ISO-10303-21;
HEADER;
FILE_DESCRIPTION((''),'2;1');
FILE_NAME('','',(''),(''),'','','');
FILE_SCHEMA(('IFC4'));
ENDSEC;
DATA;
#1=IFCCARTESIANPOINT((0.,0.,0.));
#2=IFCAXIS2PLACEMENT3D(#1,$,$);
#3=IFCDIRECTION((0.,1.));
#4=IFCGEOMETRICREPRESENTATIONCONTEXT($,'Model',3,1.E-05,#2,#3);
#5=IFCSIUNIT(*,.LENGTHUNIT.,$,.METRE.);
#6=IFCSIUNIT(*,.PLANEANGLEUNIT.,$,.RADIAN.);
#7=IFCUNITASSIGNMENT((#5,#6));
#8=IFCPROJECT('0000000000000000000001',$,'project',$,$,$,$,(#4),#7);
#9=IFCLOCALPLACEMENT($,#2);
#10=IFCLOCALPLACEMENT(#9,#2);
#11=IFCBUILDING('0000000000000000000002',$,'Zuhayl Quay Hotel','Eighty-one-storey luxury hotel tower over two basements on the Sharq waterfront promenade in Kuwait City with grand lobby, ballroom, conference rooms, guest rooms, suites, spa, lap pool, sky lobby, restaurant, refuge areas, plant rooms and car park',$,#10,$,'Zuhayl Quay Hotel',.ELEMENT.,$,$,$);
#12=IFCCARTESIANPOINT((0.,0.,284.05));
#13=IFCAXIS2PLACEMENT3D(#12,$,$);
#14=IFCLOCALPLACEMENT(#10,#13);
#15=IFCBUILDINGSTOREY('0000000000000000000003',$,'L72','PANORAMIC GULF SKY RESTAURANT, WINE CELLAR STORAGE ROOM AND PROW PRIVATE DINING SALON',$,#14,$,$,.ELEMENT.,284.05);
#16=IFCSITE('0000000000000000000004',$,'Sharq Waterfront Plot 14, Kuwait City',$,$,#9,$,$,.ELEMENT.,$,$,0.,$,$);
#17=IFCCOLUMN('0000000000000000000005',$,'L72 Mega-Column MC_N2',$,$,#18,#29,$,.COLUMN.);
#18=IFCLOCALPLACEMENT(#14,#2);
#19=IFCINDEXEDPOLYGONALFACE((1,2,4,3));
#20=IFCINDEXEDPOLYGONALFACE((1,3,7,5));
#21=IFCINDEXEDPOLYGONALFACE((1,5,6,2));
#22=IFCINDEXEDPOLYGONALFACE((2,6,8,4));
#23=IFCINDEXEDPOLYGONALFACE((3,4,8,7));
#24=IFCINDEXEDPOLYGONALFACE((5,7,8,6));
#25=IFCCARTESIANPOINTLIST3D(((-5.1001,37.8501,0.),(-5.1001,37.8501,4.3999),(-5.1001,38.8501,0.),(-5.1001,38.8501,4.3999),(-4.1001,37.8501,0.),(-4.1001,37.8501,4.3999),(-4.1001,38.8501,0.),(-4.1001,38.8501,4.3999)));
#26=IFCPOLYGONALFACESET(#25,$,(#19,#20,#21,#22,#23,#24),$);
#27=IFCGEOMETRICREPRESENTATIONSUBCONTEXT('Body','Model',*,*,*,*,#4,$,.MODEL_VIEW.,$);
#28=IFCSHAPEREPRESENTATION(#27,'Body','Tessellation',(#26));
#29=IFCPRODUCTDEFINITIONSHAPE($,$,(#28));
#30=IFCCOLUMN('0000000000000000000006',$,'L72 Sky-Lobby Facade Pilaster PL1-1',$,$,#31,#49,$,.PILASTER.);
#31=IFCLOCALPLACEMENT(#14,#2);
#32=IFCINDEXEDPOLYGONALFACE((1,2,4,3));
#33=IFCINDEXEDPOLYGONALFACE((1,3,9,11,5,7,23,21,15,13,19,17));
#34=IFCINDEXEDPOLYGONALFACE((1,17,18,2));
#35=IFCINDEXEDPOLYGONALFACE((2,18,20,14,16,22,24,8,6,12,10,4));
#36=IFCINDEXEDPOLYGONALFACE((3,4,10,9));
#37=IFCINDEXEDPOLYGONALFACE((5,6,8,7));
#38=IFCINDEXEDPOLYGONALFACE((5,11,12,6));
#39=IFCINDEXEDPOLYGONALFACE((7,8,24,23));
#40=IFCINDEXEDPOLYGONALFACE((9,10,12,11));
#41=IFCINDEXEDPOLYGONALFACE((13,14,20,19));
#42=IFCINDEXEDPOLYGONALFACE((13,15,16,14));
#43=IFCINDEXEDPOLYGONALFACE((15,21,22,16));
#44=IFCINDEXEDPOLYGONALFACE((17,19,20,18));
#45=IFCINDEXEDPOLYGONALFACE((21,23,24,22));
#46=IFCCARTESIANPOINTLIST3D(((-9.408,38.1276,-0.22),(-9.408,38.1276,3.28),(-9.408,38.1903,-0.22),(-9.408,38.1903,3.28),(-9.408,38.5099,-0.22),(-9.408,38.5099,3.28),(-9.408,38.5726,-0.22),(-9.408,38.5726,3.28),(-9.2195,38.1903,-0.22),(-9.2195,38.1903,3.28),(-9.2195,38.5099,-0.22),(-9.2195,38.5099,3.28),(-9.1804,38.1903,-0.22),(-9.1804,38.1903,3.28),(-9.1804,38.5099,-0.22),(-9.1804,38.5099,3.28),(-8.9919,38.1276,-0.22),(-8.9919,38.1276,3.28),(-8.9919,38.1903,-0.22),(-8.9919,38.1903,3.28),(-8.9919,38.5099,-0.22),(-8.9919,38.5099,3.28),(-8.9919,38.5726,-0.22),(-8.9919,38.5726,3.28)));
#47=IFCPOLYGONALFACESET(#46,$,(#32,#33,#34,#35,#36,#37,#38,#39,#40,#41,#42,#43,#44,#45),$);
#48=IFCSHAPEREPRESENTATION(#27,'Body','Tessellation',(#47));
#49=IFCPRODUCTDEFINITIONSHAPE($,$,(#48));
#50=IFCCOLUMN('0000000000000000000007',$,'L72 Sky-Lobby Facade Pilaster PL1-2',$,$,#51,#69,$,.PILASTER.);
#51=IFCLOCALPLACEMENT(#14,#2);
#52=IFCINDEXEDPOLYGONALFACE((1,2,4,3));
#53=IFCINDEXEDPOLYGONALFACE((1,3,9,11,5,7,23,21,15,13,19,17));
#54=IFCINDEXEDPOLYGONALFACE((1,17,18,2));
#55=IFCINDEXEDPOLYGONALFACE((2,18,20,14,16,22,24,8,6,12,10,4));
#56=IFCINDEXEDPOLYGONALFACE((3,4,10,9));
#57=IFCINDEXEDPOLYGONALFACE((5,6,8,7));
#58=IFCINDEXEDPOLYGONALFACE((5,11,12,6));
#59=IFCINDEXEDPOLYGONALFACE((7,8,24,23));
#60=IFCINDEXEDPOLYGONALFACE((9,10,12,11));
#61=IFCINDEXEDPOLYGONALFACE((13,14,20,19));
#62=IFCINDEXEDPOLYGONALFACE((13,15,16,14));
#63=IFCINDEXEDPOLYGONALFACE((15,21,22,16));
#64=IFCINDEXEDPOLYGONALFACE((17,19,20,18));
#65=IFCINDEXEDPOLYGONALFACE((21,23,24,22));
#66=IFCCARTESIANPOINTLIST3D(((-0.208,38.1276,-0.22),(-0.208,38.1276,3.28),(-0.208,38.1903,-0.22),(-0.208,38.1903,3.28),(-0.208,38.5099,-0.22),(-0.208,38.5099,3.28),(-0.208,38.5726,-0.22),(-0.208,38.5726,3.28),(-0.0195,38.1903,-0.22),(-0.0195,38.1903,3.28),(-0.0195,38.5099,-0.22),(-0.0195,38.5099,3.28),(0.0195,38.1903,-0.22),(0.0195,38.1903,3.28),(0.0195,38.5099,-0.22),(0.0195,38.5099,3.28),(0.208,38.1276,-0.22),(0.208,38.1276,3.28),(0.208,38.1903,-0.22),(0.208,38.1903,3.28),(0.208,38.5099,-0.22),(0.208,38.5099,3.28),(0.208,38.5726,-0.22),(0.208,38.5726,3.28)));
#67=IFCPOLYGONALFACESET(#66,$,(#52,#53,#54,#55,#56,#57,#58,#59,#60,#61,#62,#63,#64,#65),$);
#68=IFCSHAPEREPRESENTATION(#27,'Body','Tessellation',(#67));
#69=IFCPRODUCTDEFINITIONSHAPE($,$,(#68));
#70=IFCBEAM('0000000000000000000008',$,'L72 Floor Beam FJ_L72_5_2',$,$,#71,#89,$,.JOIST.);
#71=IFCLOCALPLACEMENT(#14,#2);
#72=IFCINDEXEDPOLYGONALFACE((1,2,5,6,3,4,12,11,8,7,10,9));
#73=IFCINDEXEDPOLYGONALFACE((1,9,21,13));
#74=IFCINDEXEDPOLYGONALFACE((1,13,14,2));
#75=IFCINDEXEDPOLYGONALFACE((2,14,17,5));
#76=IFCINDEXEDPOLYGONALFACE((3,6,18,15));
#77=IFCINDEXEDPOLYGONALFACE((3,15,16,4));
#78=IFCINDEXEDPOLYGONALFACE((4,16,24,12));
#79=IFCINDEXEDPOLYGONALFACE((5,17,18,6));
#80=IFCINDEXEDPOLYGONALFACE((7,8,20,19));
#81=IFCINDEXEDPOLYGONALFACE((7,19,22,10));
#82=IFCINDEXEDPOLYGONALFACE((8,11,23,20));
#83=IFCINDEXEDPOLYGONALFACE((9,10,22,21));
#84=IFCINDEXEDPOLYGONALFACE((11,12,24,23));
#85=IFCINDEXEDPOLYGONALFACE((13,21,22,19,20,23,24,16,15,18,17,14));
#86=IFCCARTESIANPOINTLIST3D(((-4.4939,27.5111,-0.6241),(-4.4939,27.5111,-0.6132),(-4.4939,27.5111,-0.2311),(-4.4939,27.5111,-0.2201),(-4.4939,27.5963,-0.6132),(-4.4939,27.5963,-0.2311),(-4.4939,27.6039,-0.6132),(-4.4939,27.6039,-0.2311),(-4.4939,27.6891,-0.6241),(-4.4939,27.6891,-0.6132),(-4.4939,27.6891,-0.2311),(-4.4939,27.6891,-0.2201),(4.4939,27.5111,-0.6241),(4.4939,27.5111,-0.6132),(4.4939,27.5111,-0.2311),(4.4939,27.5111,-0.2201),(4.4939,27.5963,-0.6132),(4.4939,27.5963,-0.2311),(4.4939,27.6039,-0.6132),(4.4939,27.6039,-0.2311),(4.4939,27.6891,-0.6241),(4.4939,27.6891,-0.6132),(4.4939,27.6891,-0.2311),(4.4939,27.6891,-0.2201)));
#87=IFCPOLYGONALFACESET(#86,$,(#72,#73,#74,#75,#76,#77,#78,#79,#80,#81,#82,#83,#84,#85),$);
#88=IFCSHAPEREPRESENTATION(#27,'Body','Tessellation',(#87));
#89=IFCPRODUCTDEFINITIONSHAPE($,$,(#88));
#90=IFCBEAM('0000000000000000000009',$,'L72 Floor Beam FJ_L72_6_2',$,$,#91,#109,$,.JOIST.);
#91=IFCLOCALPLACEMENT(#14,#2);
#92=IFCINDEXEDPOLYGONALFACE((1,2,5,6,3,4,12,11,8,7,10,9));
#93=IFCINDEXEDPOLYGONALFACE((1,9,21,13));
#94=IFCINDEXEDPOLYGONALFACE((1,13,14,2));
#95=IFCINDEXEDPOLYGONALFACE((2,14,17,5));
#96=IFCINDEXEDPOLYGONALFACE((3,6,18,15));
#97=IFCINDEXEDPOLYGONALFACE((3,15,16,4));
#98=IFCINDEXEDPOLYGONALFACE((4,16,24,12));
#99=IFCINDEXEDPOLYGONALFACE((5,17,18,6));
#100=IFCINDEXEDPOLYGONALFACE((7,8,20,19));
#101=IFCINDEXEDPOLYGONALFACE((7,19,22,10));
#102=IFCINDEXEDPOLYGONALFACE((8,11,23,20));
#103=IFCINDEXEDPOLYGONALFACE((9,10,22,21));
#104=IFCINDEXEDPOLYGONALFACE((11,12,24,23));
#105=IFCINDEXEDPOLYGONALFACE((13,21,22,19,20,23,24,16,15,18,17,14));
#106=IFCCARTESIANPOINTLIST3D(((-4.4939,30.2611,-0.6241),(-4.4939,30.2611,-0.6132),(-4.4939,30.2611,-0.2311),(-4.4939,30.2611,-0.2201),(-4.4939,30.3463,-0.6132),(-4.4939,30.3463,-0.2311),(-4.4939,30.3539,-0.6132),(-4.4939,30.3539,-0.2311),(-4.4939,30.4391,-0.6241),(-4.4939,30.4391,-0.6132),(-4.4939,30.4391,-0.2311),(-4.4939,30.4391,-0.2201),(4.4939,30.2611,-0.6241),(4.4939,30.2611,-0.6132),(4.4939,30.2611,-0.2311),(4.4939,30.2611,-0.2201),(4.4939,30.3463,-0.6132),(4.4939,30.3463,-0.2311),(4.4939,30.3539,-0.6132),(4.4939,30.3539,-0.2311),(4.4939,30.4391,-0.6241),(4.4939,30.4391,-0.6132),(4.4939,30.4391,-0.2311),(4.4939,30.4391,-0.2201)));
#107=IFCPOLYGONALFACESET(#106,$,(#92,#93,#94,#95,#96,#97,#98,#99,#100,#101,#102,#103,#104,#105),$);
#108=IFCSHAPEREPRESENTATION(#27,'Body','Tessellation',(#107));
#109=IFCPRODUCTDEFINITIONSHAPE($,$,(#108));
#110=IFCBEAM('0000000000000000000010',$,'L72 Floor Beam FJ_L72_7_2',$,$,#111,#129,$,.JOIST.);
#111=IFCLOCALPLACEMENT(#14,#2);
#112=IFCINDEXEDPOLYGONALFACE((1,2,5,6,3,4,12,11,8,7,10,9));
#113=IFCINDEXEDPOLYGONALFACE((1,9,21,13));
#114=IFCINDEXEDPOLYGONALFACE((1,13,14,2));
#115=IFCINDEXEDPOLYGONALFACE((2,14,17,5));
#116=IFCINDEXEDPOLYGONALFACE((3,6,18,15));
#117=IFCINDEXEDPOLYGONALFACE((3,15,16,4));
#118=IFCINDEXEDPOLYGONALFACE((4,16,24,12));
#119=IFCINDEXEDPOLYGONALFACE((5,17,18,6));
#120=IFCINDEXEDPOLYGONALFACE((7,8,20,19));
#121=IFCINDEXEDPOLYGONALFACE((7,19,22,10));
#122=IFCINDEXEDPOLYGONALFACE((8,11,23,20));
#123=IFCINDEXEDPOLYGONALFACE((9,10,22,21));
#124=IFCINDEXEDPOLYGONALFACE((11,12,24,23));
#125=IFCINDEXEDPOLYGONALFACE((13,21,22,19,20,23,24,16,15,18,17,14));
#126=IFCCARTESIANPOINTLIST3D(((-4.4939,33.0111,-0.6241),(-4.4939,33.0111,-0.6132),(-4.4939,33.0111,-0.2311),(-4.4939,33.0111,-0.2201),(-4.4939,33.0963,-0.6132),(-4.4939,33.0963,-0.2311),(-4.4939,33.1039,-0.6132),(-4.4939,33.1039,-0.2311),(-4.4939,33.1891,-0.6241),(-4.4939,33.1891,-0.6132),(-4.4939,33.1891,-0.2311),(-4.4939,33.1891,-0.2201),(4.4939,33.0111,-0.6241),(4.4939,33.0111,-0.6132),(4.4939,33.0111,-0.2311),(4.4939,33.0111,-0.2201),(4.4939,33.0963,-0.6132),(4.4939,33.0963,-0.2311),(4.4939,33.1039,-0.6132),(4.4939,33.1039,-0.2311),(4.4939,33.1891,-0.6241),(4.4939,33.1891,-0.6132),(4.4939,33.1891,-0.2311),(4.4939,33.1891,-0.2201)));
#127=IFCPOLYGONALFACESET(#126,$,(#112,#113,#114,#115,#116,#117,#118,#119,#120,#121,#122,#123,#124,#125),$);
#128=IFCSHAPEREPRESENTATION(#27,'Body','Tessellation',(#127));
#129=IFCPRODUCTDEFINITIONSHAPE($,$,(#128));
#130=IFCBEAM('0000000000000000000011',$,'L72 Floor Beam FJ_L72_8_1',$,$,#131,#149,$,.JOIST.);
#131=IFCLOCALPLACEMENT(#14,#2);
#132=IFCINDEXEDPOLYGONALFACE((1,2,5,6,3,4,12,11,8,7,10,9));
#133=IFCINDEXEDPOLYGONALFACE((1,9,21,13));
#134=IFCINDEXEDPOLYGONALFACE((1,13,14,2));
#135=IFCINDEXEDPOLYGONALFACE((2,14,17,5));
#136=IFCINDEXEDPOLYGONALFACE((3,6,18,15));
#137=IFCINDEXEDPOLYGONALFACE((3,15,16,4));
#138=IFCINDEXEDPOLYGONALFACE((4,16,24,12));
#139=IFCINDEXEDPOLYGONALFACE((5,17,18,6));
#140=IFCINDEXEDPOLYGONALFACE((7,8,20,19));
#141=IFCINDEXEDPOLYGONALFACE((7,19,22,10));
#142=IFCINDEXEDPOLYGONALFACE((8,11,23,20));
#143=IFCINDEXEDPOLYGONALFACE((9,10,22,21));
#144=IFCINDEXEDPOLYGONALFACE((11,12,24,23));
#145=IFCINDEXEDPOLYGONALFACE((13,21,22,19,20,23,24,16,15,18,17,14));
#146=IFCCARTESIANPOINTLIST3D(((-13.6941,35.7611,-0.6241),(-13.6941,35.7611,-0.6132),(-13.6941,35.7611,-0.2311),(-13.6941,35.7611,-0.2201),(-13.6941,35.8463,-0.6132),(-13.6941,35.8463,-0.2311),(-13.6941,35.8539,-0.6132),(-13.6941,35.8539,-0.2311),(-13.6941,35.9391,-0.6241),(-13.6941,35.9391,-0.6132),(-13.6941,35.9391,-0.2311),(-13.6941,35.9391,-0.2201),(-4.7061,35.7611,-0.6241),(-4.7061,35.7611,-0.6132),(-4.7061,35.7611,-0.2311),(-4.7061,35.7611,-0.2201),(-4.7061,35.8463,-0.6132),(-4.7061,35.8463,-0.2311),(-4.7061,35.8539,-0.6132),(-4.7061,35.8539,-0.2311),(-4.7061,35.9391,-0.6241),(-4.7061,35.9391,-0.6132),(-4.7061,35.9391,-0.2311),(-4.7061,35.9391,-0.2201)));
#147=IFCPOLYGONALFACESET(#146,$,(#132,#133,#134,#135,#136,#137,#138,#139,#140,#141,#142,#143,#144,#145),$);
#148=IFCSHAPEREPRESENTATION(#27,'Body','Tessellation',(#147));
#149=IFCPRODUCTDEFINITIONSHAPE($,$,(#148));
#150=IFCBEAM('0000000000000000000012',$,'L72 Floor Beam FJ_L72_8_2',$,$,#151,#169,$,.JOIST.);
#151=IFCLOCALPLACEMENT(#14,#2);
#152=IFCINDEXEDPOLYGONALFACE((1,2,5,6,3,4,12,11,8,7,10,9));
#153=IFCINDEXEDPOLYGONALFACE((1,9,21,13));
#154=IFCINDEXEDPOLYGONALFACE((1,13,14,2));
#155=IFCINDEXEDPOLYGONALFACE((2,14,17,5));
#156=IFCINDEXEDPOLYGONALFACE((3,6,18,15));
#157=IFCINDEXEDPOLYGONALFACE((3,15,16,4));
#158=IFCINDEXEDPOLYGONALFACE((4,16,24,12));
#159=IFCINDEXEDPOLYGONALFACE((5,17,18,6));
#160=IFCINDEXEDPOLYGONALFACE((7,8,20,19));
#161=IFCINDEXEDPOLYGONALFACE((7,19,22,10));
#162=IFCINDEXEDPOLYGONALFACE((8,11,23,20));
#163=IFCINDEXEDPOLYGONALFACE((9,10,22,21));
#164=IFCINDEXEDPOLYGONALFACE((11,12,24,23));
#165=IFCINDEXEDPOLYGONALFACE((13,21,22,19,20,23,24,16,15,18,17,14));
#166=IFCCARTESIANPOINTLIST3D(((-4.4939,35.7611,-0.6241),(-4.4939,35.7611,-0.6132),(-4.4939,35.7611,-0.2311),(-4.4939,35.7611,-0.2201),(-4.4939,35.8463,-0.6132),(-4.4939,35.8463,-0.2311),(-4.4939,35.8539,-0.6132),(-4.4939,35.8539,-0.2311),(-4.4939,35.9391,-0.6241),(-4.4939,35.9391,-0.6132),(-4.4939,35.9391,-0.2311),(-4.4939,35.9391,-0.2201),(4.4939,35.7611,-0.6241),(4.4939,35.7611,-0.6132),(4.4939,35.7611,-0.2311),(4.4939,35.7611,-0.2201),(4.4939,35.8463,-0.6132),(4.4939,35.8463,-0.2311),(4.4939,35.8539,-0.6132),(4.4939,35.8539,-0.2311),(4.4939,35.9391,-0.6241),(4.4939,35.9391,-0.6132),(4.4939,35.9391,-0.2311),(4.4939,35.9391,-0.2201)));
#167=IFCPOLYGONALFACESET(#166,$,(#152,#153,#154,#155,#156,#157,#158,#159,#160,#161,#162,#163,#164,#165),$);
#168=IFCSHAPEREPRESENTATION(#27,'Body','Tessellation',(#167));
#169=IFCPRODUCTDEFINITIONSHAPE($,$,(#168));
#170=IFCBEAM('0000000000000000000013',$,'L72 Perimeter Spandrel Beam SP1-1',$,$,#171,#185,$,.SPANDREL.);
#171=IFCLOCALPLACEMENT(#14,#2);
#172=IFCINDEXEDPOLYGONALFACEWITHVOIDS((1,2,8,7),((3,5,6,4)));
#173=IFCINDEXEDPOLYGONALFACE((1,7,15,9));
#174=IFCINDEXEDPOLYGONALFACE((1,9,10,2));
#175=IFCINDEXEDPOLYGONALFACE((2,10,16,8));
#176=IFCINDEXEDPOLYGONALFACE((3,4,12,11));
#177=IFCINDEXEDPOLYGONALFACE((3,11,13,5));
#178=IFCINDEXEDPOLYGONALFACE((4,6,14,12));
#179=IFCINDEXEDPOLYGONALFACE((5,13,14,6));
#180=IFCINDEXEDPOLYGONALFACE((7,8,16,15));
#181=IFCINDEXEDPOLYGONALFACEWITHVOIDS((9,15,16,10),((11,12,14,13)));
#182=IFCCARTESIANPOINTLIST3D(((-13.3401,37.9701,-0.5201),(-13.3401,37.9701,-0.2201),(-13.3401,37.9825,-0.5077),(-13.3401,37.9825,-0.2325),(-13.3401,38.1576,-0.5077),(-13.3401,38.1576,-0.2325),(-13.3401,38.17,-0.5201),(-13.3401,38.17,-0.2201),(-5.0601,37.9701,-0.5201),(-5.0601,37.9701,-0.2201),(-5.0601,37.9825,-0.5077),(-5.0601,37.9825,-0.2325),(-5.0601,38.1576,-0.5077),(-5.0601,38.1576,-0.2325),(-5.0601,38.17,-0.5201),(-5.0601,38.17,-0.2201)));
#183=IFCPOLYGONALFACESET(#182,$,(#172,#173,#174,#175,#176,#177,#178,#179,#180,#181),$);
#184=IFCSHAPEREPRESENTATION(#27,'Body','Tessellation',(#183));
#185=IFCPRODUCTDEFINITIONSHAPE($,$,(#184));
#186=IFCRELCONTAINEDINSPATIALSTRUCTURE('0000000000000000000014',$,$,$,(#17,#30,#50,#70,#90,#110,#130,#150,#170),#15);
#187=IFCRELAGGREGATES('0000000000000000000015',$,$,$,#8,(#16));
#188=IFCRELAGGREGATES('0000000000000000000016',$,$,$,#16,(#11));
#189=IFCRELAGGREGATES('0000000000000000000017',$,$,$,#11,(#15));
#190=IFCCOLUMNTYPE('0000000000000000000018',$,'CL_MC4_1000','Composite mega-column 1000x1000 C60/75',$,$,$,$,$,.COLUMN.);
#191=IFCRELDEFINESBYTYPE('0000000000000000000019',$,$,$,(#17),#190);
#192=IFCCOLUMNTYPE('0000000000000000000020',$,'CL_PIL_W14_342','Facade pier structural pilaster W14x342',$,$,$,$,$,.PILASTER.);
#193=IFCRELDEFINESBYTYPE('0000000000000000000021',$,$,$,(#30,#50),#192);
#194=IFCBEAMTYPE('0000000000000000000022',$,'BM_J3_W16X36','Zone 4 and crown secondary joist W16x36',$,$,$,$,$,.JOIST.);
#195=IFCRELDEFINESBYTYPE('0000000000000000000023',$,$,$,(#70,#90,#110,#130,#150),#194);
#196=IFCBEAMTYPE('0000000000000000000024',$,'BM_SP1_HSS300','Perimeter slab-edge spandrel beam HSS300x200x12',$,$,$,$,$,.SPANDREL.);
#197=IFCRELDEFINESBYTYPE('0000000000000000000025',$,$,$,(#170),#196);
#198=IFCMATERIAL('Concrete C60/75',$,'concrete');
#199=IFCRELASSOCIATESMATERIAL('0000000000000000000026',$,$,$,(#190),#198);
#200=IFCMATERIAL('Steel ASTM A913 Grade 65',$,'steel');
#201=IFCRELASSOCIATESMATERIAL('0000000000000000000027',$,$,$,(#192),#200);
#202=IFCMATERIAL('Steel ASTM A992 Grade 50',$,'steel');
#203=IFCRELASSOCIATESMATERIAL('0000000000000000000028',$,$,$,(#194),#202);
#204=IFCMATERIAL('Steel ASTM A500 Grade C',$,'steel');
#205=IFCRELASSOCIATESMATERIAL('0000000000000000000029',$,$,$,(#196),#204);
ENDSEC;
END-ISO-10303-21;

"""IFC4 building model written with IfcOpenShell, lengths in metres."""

from ifc_helpers import new_model, si_unit, direction, frame, origin, origin_2d, place, context, subcontext, project, spatial, rectangle, hollow_rectangle, i_section, extrude, material, material_profile, profile_set, type_object, element, save


model = new_model("IFC4")

# Units and contexts
model_context = context("Model", 3, precision=1e-05, world=origin(), true_north=direction((0.0, 1.0)))
body_context = subcontext(model_context, "Body", "Model", "MODEL_VIEW")
ifc_project = project(units=[si_unit("LENGTHUNIT", "METRE"), si_unit("PLANEANGLEUNIT", "RADIAN")], contexts=[model_context])

# Site, building, storey
site_placement = place(None, origin())
site = spatial("IfcSite", under=ifc_project, at=site_placement, Name="Sharq Waterfront Plot 14, Kuwait City", CompositionType="ELEMENT", RefElevation=0.0)
building_placement = place(site_placement, origin())
building = spatial("IfcBuilding", under=site, at=building_placement, Name="Zuhayl Quay Hotel", Description="Eighty-one-storey luxury hotel tower over two basements on the Sharq waterfront promenade in Kuwait City with grand lobby, ballroom, conference rooms, guest rooms, suites, spa, lap pool, sky lobby, restaurant, refuge areas, plant rooms and car park", LongName="Zuhayl Quay Hotel", CompositionType="ELEMENT")
storey_placement = place(building_placement, frame((0.0, 0.0, 284.05)))
storey = spatial("IfcBuildingStorey", under=building, at=storey_placement, Name="L72", Description="PANORAMIC GULF SKY RESTAURANT, WINE CELLAR STORAGE ROOM AND PROW PRIVATE DINING SALON", CompositionType="ELEMENT", Elevation=284.05)

# Columns
ifc_material_1 = material(Name="Concrete C60/75", Category="concrete")
ifc_material_profile_1 = material_profile(ifc_material_1, rectangle(XDim=1.0, YDim=1.0, at=origin_2d()), Name="RC1000X1000")
ifc_profile_set_1 = profile_set([ifc_material_profile_1], Name="Concrete C60/75")
column_type_1 = type_object("IfcColumnType", Name="CL_MC4_1000", Description="Composite mega-column 1000x1000 C60/75", PredefinedType="COLUMN", material=ifc_profile_set_1)
column_placement = place(storey_placement, frame((-4.6001, 38.3501, 0.0), z_axis=(0.0, 0.0, 1.0), x_axis=(1.0, 0.0, 0.0)))
element("IfcColumn", 1, at=column_placement, inside=storey, type_object=column_type_1, Name="L72 Mega-Column MC_N2", PredefinedType="COLUMN", context=body_context, shape_type="SweptSolid", body=[
    extrude(rectangle(XDim=1.0, YDim=1.0, at=origin_2d()), origin(), (0.0, 0.0, 1.0), 4.3999),
])
ifc_material_2 = material(Name="Steel ASTM A913 Grade 65", Category="steel")
ifc_material_profile_2 = material_profile(ifc_material_2, i_section(OverallWidth=0.416, OverallDepth=0.4451, WebThickness=0.0391, FlangeThickness=0.0627, at=origin_2d()), Name="W14X342")
ifc_profile_set_2 = profile_set([ifc_material_profile_2], Name="Steel ASTM A913 Grade 65")
column_type_2 = type_object("IfcColumnType", Name="CL_PIL_W14_342", Description="Facade pier structural pilaster W14x342", PredefinedType="PILASTER", material=ifc_profile_set_2)
for number, where, z_axis, x_axis, name in (
    (2, (-9.2, 38.3501, -0.22), (0.0, 0.0, 1.0), (1.0, 0.0, 0.0), "L72 Sky-Lobby Facade Pilaster PL1-1"),
    (3, (0.0, 38.3501, -0.22), (0.0, 0.0, 1.0), (1.0, 0.0, 0.0), "L72 Sky-Lobby Facade Pilaster PL1-2"),
):
    element("IfcColumn", number, at=place(storey_placement, frame(where, z_axis=z_axis, x_axis=x_axis)), inside=storey, type_object=column_type_2, Name=name, PredefinedType="PILASTER", context=body_context, shape_type="SweptSolid", body=[
        extrude(i_section(OverallWidth=0.416, OverallDepth=0.4451, WebThickness=0.0391, FlangeThickness=0.0627, at=origin_2d()), origin(), (0.0, 0.0, 1.0), 3.5),
    ])

# Beams
ifc_material_3 = material(Name="Steel ASTM A992 Grade 50", Category="steel")
ifc_material_profile_3 = material_profile(ifc_material_3, i_section(OverallWidth=0.178, OverallDepth=0.4041, WebThickness=0.0076, FlangeThickness=0.011, at=origin_2d()), Name="W16X36")
ifc_profile_set_3 = profile_set([ifc_material_profile_3], Name="Steel ASTM A992 Grade 50")
beam_type_1 = type_object("IfcBeamType", Name="BM_J3_W16X36", Description="Zone 4 and crown secondary joist W16x36", PredefinedType="JOIST", material=ifc_profile_set_3)
for number, where, z_axis, x_axis, name in (
    (4, (-4.4939, 27.6001, -0.4221), (1.0, 0.0, 0.0), (0.0, 1.0, 0.0), "L72 Floor Beam FJ_L72_5_2"),
    (5, (-4.4939, 30.3501, -0.4221), (1.0, 0.0, 0.0), (0.0, 1.0, 0.0), "L72 Floor Beam FJ_L72_6_2"),
    (6, (-4.4939, 33.1001, -0.4221), (1.0, 0.0, 0.0), (0.0, 1.0, 0.0), "L72 Floor Beam FJ_L72_7_2"),
):
    element("IfcBeam", number, at=place(storey_placement, frame(where, z_axis=z_axis, x_axis=x_axis)), inside=storey, type_object=beam_type_1, Name=name, PredefinedType="JOIST", context=body_context, shape_type="SweptSolid", body=[
        extrude(i_section(OverallWidth=0.178, OverallDepth=0.4041, WebThickness=0.0076, FlangeThickness=0.011, at=origin_2d()), origin(), (0.0, 0.0, 1.0), 8.9878),
    ])
beam_1_placement = place(storey_placement, frame((-13.6941, 35.8501, -0.4221), z_axis=(1.0, 0.0, 0.0), x_axis=(0.0, 1.0, 0.0)))
element("IfcBeam", 7, at=beam_1_placement, inside=storey, type_object=beam_type_1, Name="L72 Floor Beam FJ_L72_8_1", PredefinedType="JOIST", context=body_context, shape_type="SweptSolid", body=[
    extrude(i_section(OverallWidth=0.178, OverallDepth=0.4041, WebThickness=0.0076, FlangeThickness=0.011, at=origin_2d()), origin(), (0.0, 0.0, 1.0), 8.988),
])
beam_2_placement = place(storey_placement, frame((-4.4939, 35.8501, -0.4221), z_axis=(1.0, 0.0, 0.0), x_axis=(0.0, 1.0, 0.0)))
element("IfcBeam", 8, at=beam_2_placement, inside=storey, type_object=beam_type_1, Name="L72 Floor Beam FJ_L72_8_2", PredefinedType="JOIST", context=body_context, shape_type="SweptSolid", body=[
    extrude(i_section(OverallWidth=0.178, OverallDepth=0.4041, WebThickness=0.0076, FlangeThickness=0.011, at=origin_2d()), origin(), (0.0, 0.0, 1.0), 8.9878),
])
ifc_material_4 = material(Name="Steel ASTM A500 Grade C", Category="steel")
ifc_material_profile_4 = material_profile(ifc_material_4, hollow_rectangle(XDim=0.2, YDim=0.3, WallThickness=0.0125, at=origin_2d()), Name="HSS300X200X12")
ifc_profile_set_4 = profile_set([ifc_material_profile_4], Name="Steel ASTM A500 Grade C")
beam_type_2 = type_object("IfcBeamType", Name="BM_SP1_HSS300", Description="Perimeter slab-edge spandrel beam HSS300x200x12", PredefinedType="SPANDREL", material=ifc_profile_set_4)
beam_3_placement = place(storey_placement, frame((-13.3401, 38.0701, -0.3701), z_axis=(1.0, 0.0, 0.0), x_axis=(0.0, 1.0, 0.0)))
element("IfcBeam", 9, at=beam_3_placement, inside=storey, type_object=beam_type_2, Name="L72 Perimeter Spandrel Beam SP1-1", PredefinedType="SPANDREL", context=body_context, shape_type="SweptSolid", body=[
    extrude(hollow_rectangle(XDim=0.2, YDim=0.3, WallThickness=0.0125, at=origin_2d()), origin(), (0.0, 0.0, 1.0), 8.28),
])

save(model, "model.ifc")
